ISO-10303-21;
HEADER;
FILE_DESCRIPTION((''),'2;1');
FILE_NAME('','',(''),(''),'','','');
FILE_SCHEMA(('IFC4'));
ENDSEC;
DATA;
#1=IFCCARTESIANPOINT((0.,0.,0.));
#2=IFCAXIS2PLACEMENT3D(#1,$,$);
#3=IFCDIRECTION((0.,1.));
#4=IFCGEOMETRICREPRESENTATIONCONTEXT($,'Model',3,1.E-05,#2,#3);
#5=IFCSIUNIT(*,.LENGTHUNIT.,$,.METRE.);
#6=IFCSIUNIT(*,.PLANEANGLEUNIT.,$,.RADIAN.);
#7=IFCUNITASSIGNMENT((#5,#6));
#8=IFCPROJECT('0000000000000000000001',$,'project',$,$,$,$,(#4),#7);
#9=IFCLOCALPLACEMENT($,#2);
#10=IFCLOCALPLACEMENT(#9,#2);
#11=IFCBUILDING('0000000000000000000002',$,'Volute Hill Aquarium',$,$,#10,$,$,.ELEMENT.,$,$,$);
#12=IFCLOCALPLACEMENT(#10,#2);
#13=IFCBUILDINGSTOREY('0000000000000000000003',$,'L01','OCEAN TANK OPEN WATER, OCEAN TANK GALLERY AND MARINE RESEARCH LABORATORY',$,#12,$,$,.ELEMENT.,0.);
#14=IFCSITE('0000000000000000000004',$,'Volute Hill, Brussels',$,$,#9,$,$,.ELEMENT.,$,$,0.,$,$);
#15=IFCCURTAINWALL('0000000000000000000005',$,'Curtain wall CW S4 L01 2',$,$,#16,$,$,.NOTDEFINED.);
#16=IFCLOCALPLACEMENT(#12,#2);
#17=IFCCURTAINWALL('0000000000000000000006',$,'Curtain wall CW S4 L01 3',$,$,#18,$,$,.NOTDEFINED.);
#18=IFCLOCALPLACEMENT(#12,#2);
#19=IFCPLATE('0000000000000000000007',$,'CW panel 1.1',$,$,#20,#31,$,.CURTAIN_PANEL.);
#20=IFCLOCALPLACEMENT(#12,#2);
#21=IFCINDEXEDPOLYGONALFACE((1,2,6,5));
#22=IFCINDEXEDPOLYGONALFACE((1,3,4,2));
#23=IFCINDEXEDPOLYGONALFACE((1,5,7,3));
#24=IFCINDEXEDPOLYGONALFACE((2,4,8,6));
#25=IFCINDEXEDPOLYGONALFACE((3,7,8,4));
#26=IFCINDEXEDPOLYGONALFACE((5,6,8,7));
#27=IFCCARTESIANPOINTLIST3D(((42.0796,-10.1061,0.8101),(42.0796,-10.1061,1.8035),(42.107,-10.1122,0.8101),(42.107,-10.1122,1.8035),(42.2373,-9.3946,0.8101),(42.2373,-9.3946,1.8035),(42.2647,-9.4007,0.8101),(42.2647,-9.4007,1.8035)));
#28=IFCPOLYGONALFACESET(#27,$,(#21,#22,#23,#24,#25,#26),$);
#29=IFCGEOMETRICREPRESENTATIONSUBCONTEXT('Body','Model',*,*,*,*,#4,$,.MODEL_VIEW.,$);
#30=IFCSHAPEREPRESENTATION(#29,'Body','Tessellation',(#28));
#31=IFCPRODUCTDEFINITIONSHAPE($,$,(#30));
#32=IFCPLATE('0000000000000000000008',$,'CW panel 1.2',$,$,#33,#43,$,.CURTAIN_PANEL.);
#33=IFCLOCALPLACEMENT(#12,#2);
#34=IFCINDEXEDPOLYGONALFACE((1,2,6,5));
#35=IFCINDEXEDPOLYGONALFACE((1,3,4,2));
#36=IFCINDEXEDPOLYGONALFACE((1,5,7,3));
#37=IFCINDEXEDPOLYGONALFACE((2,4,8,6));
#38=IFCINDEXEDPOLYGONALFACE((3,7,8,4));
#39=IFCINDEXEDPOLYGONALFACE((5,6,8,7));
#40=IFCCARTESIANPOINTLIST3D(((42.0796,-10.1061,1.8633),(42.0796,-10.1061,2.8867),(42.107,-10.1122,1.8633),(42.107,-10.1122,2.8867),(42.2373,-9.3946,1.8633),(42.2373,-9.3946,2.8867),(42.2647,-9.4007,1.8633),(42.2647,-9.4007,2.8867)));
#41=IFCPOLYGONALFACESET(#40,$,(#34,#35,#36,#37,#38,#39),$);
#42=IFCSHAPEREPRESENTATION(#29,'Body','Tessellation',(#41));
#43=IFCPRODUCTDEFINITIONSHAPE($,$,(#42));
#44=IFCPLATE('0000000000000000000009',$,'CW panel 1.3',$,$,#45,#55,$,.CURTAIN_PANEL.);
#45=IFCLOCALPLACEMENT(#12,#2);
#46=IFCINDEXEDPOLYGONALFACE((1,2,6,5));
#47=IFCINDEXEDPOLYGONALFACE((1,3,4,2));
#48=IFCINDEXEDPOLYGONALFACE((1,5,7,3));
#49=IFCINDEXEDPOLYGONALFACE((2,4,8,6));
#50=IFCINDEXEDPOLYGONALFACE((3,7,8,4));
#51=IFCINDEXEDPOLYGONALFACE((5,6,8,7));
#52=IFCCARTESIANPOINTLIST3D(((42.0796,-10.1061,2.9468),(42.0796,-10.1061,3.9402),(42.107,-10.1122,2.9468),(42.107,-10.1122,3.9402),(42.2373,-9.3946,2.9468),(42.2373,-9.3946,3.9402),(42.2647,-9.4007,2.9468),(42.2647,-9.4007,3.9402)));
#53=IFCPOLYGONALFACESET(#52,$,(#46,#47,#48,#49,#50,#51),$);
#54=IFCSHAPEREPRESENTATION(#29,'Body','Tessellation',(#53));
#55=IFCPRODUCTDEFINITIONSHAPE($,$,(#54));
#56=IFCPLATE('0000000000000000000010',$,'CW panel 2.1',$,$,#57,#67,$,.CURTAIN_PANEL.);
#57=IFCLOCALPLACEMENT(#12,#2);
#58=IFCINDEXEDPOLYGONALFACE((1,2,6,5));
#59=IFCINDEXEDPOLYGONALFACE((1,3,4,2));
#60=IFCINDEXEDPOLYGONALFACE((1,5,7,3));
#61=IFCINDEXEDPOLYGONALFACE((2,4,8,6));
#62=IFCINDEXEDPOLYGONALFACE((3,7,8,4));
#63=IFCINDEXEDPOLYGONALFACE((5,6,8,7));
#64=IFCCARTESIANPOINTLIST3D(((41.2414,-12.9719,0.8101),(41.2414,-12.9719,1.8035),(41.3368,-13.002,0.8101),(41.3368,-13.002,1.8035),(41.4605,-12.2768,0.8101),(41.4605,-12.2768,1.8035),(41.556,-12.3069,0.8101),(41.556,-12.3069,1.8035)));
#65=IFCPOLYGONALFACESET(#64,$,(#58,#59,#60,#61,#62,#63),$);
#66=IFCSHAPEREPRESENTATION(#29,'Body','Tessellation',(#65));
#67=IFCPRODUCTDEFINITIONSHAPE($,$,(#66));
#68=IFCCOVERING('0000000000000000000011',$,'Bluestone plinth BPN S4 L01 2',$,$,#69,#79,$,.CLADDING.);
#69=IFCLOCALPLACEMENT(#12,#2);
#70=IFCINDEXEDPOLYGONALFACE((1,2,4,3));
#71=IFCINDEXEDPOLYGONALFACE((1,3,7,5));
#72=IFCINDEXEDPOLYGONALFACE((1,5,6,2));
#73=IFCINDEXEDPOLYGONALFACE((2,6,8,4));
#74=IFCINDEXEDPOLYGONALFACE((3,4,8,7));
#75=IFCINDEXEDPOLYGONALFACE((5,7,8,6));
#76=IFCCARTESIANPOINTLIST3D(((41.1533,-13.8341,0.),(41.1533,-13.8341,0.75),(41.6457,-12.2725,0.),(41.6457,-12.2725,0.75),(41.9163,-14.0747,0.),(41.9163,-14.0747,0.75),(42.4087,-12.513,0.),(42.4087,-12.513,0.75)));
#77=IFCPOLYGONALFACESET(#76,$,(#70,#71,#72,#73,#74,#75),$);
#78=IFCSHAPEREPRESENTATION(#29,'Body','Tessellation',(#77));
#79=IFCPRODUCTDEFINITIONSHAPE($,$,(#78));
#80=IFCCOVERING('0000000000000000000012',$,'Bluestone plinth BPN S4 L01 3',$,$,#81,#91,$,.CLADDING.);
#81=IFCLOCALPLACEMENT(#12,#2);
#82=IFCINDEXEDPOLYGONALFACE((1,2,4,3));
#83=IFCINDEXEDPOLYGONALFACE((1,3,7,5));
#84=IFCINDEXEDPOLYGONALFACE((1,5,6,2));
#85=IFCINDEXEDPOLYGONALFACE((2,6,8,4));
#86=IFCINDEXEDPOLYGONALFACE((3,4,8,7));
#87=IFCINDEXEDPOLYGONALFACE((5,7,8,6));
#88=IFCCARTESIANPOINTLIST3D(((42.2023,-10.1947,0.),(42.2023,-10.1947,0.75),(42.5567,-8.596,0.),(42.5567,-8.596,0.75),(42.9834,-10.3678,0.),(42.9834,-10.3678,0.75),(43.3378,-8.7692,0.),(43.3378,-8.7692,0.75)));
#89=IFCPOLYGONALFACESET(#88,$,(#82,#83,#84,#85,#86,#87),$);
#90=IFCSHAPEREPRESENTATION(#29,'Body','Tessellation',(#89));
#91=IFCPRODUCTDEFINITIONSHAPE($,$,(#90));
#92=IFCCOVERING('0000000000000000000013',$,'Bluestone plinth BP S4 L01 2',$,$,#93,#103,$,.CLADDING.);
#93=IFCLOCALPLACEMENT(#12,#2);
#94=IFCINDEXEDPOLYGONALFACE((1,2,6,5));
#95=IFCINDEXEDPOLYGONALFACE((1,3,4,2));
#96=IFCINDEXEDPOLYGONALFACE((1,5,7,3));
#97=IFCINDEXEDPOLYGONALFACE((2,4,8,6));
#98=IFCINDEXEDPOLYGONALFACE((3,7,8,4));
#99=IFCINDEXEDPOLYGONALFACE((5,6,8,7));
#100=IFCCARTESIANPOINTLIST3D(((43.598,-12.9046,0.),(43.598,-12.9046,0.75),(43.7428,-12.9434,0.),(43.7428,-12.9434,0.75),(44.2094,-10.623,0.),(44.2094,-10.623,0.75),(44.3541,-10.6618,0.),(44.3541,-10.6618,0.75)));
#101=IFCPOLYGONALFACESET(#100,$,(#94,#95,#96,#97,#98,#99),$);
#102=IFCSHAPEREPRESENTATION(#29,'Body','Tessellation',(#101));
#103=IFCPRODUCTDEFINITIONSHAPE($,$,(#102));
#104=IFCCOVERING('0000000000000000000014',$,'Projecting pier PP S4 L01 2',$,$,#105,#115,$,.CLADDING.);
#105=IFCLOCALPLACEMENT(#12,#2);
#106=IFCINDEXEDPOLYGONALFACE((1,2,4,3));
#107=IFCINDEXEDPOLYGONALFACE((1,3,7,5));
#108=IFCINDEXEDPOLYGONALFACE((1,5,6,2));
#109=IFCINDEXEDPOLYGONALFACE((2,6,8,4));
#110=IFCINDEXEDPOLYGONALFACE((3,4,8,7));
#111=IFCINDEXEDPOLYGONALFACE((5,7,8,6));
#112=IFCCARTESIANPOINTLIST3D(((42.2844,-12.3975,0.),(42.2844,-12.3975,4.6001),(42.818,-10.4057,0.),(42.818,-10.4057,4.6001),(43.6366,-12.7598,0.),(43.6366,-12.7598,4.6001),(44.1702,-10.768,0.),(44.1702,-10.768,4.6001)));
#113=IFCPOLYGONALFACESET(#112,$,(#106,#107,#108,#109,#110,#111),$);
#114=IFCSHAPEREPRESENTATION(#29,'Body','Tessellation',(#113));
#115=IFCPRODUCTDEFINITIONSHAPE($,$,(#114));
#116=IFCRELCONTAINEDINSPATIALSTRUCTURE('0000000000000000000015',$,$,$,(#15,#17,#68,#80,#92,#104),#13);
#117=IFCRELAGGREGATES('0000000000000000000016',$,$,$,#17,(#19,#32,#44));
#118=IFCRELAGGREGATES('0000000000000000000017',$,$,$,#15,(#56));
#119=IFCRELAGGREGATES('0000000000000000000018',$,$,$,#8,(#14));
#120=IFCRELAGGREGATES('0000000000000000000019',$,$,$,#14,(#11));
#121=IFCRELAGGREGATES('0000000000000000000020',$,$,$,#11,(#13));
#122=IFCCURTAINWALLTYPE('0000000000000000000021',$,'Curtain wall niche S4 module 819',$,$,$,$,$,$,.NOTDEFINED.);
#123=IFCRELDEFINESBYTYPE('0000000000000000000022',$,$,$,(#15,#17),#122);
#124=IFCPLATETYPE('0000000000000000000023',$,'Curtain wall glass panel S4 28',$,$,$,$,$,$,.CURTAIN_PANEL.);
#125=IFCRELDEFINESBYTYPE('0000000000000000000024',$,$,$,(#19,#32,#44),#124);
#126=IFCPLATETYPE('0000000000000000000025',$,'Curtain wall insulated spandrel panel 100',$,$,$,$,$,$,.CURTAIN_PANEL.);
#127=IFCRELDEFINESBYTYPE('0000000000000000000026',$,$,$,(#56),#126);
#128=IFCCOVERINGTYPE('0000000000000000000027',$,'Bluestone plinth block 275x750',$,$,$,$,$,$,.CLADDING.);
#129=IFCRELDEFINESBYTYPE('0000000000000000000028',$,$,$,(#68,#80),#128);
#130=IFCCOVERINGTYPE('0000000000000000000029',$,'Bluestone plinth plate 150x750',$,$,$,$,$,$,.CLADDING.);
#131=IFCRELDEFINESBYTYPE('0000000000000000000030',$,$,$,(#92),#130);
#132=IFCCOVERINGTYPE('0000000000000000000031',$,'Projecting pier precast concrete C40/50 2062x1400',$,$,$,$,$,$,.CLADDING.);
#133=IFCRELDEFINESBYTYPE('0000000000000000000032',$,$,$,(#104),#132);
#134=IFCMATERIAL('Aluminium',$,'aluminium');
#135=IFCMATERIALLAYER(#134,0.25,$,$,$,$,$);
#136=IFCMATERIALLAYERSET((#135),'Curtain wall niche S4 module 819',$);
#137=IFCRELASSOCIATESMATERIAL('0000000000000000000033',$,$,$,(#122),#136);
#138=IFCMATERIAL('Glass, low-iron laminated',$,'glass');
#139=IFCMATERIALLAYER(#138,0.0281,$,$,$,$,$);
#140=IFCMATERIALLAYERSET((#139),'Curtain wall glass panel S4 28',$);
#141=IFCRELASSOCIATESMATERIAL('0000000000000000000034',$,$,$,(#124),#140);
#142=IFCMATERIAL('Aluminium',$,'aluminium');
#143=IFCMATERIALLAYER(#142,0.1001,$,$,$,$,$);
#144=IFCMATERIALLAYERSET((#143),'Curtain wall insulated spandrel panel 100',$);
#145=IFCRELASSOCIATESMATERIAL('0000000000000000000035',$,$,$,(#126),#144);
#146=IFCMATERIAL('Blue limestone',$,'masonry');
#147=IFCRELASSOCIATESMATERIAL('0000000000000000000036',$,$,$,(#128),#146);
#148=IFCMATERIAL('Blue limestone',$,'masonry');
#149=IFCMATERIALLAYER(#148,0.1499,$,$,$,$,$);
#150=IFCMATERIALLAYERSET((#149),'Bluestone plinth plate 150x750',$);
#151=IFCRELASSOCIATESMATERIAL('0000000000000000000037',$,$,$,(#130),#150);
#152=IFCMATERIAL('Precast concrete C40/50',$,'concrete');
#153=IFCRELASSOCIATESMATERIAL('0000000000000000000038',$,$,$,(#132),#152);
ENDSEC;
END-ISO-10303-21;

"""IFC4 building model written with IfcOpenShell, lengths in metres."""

from ifc_helpers import new_model, si_unit, direction, frame, origin, origin_2d, place, context, subcontext, project, spatial, rectangle, extrude, material, layer, layer_set, type_object, element, aggregate, save


model = new_model("IFC4")

# Units and contexts
model_context = context("Model", 3, precision=1e-05, world=origin(), true_north=direction((0.0, 1.0)))
body_context = subcontext(model_context, "Body", "Model", "MODEL_VIEW")
ifc_project = project(units=[si_unit("LENGTHUNIT", "METRE"), si_unit("PLANEANGLEUNIT", "RADIAN")], contexts=[model_context])

# Site, building, storey
site_placement = place(None, origin())
site = spatial("IfcSite", under=ifc_project, at=site_placement, Name="Volute Hill, Brussels", CompositionType="ELEMENT", RefElevation=0.0)
building_placement = place(site_placement, origin())
building = spatial("IfcBuilding", under=site, at=building_placement, Name="Volute Hill Aquarium", CompositionType="ELEMENT")
storey_placement = place(building_placement, origin())
storey = spatial("IfcBuildingStorey", under=building, at=storey_placement, Name="L01", Description="OCEAN TANK OPEN WATER, OCEAN TANK GALLERY AND MARINE RESEARCH LABORATORY", CompositionType="ELEMENT", Elevation=0.0)

# Curtain wall
ifc_material_1 = material(Name="Aluminium", Category="aluminium")
ifc_layer_1 = layer(ifc_material_1, 0.25)
ifc_layer_set_1 = layer_set([ifc_layer_1], Name="Curtain wall niche S4 module 819")
curtain_wall_type = type_object("IfcCurtainWallType", Name="Curtain wall niche S4 module 819", PredefinedType="NOTDEFINED", material=ifc_layer_set_1)
curtain_wall_1_placement = place(storey_placement, origin())
curtain_wall_1 = element("IfcCurtainWall", 1, at=curtain_wall_1_placement, inside=storey, type_object=curtain_wall_type, Name="Curtain wall CW S4 L01 2", PredefinedType="NOTDEFINED")

# Curtain wall
curtain_wall_2_placement = place(storey_placement, origin())
curtain_wall_2 = element("IfcCurtainWall", 2, at=curtain_wall_2_placement, inside=storey, type_object=curtain_wall_type, Name="Curtain wall CW S4 L01 3", PredefinedType="NOTDEFINED")

# Plates
ifc_material_2 = material(Name="Glass, low-iron laminated", Category="glass")
ifc_layer_2 = layer(ifc_material_2, 0.0281)
ifc_layer_set_2 = layer_set([ifc_layer_2], Name="Curtain wall glass panel S4 28")
plate_type_1 = type_object("IfcPlateType", Name="Curtain wall glass panel S4 28", PredefinedType="CURTAIN_PANEL", material=ifc_layer_set_2)
plate_1_placement = place(storey_placement, frame((42.1721, -9.7534, 0.8101), z_axis=(0.0, 0.0, 1.0), x_axis=(0.216432, 0.976298, 0.0)))
plate_1 = element("IfcPlate", 3, at=plate_1_placement, type_object=plate_type_1, Name="CW panel 1.1", PredefinedType="CURTAIN_PANEL", context=body_context, shape_type="SweptSolid", body=[
    extrude(rectangle(XDim=0.7288, YDim=0.0281, at=origin_2d()), origin(), (0.0, 0.0, 1.0), 0.9934),
])
plate_2_placement = place(storey_placement, frame((42.1721, -9.7534, 1.8633), z_axis=(0.0, 0.0, 1.0), x_axis=(0.216432, 0.976298, 0.0)))
plate_2 = element("IfcPlate", 4, at=plate_2_placement, type_object=plate_type_1, Name="CW panel 1.2", PredefinedType="CURTAIN_PANEL", context=body_context, shape_type="SweptSolid", body=[
    extrude(rectangle(XDim=0.7288, YDim=0.0281, at=origin_2d()), origin(), (0.0, 0.0, 1.0), 1.0234),
])
plate_3_placement = place(storey_placement, frame((42.1721, -9.7534, 2.9468), z_axis=(0.0, 0.0, 1.0), x_axis=(0.216432, 0.976298, 0.0)))
plate_3 = element("IfcPlate", 5, at=plate_3_placement, type_object=plate_type_1, Name="CW panel 1.3", PredefinedType="CURTAIN_PANEL", context=body_context, shape_type="SweptSolid", body=[
    extrude(rectangle(XDim=0.7288, YDim=0.0281, at=origin_2d()), origin(), (0.0, 0.0, 1.0), 0.9934),
])
aggregate(curtain_wall_2, [plate_1, plate_2, plate_3])
ifc_material_3 = material(Name="Aluminium", Category="aluminium")
ifc_layer_3 = layer(ifc_material_3, 0.1001)
ifc_layer_set_3 = layer_set([ifc_layer_3], Name="Curtain wall insulated spandrel panel 100")
plate_type_2 = type_object("IfcPlateType", Name="Curtain wall insulated spandrel panel 100", PredefinedType="CURTAIN_PANEL", material=ifc_layer_set_3)
plate_4_placement = place(storey_placement, frame((41.3987, -12.6394, 0.8101), z_axis=(0.0, 0.0, 1.0), x_axis=(0.30071, 0.953716, 0.0)))
plate_4 = element("IfcPlate", 6, at=plate_4_placement, type_object=plate_type_2, Name="CW panel 2.1", PredefinedType="CURTAIN_PANEL", context=body_context, shape_type="SweptSolid", body=[
    extrude(rectangle(XDim=0.7288, YDim=0.1001, at=origin_2d()), origin(), (0.0, 0.0, 1.0), 0.9934),
])
aggregate(curtain_wall_1, [plate_4])

# Coverings
ifc_material_4 = material(Name="Blue limestone", Category="masonry")
covering_type_1 = type_object("IfcCoveringType", Name="Bluestone plinth block 275x750", PredefinedType="CLADDING", material=ifc_material_4)
for number, where, z_axis, x_axis, name in (
    (7, (41.781, -13.1736, 0.0), (0.0, 0.0, 1.0), (0.300713, 0.953715, 0.0), "Bluestone plinth BPN S4 L01 2"),
    (8, (42.77, -9.4819, 0.0), (0.0, 0.0, 1.0), (0.216436, 0.976297, 0.0), "Bluestone plinth BPN S4 L01 3"),
):
    element("IfcCovering", number, at=place(storey_placement, frame(where, z_axis=z_axis, x_axis=x_axis)), inside=storey, type_object=covering_type_1, Name=name, PredefinedType="CLADDING", context=body_context, shape_type="SweptSolid", body=[
        extrude(rectangle(XDim=1.6375, YDim=0.8, at=origin_2d()), origin(), (0.0, 0.0, 1.0), 0.75),
    ])
ifc_material_5 = material(Name="Blue limestone", Category="masonry")
ifc_layer_4 = layer(ifc_material_5, 0.1499)
ifc_layer_set_4 = layer_set([ifc_layer_4], Name="Bluestone plinth plate 150x750")
covering_type_2 = type_object("IfcCoveringType", Name="Bluestone plinth plate 150x750", PredefinedType="CLADDING", material=ifc_layer_set_4)
covering_1_placement = place(storey_placement, frame((43.9761, -11.7832, 0.0), z_axis=(0.0, 0.0, 1.0), x_axis=(0.258819, 0.965926, 0.0)))
element("IfcCovering", 9, at=covering_1_placement, inside=storey, type_object=covering_type_2, Name="Bluestone plinth BP S4 L01 2", PredefinedType="CLADDING", context=body_context, shape_type="SweptSolid", body=[
    extrude(rectangle(XDim=2.3621, YDim=0.1499, at=origin_2d()), origin(), (0.0, 0.0, 1.0), 0.75),
])
ifc_material_6 = material(Name="Precast concrete C40/50", Category="concrete")
covering_type_3 = type_object("IfcCoveringType", Name="Projecting pier precast concrete C40/50 2062x1400", PredefinedType="CLADDING", material=ifc_material_6)
covering_2_placement = place(storey_placement, frame((43.2273, -11.5828, 0.0), z_axis=(0.0, 0.0, 1.0), x_axis=(0.258819, 0.965926, 0.0)))
element("IfcCovering", 10, at=covering_2_placement, inside=storey, type_object=covering_type_3, Name="Projecting pier PP S4 L01 2", PredefinedType="CLADDING", context=body_context, shape_type="SweptSolid", body=[
    extrude(rectangle(XDim=2.062, YDim=1.3999, at=origin_2d()), origin(), (0.0, 0.0, 1.0), 4.6001),
])

save(model, "model.ifc")
